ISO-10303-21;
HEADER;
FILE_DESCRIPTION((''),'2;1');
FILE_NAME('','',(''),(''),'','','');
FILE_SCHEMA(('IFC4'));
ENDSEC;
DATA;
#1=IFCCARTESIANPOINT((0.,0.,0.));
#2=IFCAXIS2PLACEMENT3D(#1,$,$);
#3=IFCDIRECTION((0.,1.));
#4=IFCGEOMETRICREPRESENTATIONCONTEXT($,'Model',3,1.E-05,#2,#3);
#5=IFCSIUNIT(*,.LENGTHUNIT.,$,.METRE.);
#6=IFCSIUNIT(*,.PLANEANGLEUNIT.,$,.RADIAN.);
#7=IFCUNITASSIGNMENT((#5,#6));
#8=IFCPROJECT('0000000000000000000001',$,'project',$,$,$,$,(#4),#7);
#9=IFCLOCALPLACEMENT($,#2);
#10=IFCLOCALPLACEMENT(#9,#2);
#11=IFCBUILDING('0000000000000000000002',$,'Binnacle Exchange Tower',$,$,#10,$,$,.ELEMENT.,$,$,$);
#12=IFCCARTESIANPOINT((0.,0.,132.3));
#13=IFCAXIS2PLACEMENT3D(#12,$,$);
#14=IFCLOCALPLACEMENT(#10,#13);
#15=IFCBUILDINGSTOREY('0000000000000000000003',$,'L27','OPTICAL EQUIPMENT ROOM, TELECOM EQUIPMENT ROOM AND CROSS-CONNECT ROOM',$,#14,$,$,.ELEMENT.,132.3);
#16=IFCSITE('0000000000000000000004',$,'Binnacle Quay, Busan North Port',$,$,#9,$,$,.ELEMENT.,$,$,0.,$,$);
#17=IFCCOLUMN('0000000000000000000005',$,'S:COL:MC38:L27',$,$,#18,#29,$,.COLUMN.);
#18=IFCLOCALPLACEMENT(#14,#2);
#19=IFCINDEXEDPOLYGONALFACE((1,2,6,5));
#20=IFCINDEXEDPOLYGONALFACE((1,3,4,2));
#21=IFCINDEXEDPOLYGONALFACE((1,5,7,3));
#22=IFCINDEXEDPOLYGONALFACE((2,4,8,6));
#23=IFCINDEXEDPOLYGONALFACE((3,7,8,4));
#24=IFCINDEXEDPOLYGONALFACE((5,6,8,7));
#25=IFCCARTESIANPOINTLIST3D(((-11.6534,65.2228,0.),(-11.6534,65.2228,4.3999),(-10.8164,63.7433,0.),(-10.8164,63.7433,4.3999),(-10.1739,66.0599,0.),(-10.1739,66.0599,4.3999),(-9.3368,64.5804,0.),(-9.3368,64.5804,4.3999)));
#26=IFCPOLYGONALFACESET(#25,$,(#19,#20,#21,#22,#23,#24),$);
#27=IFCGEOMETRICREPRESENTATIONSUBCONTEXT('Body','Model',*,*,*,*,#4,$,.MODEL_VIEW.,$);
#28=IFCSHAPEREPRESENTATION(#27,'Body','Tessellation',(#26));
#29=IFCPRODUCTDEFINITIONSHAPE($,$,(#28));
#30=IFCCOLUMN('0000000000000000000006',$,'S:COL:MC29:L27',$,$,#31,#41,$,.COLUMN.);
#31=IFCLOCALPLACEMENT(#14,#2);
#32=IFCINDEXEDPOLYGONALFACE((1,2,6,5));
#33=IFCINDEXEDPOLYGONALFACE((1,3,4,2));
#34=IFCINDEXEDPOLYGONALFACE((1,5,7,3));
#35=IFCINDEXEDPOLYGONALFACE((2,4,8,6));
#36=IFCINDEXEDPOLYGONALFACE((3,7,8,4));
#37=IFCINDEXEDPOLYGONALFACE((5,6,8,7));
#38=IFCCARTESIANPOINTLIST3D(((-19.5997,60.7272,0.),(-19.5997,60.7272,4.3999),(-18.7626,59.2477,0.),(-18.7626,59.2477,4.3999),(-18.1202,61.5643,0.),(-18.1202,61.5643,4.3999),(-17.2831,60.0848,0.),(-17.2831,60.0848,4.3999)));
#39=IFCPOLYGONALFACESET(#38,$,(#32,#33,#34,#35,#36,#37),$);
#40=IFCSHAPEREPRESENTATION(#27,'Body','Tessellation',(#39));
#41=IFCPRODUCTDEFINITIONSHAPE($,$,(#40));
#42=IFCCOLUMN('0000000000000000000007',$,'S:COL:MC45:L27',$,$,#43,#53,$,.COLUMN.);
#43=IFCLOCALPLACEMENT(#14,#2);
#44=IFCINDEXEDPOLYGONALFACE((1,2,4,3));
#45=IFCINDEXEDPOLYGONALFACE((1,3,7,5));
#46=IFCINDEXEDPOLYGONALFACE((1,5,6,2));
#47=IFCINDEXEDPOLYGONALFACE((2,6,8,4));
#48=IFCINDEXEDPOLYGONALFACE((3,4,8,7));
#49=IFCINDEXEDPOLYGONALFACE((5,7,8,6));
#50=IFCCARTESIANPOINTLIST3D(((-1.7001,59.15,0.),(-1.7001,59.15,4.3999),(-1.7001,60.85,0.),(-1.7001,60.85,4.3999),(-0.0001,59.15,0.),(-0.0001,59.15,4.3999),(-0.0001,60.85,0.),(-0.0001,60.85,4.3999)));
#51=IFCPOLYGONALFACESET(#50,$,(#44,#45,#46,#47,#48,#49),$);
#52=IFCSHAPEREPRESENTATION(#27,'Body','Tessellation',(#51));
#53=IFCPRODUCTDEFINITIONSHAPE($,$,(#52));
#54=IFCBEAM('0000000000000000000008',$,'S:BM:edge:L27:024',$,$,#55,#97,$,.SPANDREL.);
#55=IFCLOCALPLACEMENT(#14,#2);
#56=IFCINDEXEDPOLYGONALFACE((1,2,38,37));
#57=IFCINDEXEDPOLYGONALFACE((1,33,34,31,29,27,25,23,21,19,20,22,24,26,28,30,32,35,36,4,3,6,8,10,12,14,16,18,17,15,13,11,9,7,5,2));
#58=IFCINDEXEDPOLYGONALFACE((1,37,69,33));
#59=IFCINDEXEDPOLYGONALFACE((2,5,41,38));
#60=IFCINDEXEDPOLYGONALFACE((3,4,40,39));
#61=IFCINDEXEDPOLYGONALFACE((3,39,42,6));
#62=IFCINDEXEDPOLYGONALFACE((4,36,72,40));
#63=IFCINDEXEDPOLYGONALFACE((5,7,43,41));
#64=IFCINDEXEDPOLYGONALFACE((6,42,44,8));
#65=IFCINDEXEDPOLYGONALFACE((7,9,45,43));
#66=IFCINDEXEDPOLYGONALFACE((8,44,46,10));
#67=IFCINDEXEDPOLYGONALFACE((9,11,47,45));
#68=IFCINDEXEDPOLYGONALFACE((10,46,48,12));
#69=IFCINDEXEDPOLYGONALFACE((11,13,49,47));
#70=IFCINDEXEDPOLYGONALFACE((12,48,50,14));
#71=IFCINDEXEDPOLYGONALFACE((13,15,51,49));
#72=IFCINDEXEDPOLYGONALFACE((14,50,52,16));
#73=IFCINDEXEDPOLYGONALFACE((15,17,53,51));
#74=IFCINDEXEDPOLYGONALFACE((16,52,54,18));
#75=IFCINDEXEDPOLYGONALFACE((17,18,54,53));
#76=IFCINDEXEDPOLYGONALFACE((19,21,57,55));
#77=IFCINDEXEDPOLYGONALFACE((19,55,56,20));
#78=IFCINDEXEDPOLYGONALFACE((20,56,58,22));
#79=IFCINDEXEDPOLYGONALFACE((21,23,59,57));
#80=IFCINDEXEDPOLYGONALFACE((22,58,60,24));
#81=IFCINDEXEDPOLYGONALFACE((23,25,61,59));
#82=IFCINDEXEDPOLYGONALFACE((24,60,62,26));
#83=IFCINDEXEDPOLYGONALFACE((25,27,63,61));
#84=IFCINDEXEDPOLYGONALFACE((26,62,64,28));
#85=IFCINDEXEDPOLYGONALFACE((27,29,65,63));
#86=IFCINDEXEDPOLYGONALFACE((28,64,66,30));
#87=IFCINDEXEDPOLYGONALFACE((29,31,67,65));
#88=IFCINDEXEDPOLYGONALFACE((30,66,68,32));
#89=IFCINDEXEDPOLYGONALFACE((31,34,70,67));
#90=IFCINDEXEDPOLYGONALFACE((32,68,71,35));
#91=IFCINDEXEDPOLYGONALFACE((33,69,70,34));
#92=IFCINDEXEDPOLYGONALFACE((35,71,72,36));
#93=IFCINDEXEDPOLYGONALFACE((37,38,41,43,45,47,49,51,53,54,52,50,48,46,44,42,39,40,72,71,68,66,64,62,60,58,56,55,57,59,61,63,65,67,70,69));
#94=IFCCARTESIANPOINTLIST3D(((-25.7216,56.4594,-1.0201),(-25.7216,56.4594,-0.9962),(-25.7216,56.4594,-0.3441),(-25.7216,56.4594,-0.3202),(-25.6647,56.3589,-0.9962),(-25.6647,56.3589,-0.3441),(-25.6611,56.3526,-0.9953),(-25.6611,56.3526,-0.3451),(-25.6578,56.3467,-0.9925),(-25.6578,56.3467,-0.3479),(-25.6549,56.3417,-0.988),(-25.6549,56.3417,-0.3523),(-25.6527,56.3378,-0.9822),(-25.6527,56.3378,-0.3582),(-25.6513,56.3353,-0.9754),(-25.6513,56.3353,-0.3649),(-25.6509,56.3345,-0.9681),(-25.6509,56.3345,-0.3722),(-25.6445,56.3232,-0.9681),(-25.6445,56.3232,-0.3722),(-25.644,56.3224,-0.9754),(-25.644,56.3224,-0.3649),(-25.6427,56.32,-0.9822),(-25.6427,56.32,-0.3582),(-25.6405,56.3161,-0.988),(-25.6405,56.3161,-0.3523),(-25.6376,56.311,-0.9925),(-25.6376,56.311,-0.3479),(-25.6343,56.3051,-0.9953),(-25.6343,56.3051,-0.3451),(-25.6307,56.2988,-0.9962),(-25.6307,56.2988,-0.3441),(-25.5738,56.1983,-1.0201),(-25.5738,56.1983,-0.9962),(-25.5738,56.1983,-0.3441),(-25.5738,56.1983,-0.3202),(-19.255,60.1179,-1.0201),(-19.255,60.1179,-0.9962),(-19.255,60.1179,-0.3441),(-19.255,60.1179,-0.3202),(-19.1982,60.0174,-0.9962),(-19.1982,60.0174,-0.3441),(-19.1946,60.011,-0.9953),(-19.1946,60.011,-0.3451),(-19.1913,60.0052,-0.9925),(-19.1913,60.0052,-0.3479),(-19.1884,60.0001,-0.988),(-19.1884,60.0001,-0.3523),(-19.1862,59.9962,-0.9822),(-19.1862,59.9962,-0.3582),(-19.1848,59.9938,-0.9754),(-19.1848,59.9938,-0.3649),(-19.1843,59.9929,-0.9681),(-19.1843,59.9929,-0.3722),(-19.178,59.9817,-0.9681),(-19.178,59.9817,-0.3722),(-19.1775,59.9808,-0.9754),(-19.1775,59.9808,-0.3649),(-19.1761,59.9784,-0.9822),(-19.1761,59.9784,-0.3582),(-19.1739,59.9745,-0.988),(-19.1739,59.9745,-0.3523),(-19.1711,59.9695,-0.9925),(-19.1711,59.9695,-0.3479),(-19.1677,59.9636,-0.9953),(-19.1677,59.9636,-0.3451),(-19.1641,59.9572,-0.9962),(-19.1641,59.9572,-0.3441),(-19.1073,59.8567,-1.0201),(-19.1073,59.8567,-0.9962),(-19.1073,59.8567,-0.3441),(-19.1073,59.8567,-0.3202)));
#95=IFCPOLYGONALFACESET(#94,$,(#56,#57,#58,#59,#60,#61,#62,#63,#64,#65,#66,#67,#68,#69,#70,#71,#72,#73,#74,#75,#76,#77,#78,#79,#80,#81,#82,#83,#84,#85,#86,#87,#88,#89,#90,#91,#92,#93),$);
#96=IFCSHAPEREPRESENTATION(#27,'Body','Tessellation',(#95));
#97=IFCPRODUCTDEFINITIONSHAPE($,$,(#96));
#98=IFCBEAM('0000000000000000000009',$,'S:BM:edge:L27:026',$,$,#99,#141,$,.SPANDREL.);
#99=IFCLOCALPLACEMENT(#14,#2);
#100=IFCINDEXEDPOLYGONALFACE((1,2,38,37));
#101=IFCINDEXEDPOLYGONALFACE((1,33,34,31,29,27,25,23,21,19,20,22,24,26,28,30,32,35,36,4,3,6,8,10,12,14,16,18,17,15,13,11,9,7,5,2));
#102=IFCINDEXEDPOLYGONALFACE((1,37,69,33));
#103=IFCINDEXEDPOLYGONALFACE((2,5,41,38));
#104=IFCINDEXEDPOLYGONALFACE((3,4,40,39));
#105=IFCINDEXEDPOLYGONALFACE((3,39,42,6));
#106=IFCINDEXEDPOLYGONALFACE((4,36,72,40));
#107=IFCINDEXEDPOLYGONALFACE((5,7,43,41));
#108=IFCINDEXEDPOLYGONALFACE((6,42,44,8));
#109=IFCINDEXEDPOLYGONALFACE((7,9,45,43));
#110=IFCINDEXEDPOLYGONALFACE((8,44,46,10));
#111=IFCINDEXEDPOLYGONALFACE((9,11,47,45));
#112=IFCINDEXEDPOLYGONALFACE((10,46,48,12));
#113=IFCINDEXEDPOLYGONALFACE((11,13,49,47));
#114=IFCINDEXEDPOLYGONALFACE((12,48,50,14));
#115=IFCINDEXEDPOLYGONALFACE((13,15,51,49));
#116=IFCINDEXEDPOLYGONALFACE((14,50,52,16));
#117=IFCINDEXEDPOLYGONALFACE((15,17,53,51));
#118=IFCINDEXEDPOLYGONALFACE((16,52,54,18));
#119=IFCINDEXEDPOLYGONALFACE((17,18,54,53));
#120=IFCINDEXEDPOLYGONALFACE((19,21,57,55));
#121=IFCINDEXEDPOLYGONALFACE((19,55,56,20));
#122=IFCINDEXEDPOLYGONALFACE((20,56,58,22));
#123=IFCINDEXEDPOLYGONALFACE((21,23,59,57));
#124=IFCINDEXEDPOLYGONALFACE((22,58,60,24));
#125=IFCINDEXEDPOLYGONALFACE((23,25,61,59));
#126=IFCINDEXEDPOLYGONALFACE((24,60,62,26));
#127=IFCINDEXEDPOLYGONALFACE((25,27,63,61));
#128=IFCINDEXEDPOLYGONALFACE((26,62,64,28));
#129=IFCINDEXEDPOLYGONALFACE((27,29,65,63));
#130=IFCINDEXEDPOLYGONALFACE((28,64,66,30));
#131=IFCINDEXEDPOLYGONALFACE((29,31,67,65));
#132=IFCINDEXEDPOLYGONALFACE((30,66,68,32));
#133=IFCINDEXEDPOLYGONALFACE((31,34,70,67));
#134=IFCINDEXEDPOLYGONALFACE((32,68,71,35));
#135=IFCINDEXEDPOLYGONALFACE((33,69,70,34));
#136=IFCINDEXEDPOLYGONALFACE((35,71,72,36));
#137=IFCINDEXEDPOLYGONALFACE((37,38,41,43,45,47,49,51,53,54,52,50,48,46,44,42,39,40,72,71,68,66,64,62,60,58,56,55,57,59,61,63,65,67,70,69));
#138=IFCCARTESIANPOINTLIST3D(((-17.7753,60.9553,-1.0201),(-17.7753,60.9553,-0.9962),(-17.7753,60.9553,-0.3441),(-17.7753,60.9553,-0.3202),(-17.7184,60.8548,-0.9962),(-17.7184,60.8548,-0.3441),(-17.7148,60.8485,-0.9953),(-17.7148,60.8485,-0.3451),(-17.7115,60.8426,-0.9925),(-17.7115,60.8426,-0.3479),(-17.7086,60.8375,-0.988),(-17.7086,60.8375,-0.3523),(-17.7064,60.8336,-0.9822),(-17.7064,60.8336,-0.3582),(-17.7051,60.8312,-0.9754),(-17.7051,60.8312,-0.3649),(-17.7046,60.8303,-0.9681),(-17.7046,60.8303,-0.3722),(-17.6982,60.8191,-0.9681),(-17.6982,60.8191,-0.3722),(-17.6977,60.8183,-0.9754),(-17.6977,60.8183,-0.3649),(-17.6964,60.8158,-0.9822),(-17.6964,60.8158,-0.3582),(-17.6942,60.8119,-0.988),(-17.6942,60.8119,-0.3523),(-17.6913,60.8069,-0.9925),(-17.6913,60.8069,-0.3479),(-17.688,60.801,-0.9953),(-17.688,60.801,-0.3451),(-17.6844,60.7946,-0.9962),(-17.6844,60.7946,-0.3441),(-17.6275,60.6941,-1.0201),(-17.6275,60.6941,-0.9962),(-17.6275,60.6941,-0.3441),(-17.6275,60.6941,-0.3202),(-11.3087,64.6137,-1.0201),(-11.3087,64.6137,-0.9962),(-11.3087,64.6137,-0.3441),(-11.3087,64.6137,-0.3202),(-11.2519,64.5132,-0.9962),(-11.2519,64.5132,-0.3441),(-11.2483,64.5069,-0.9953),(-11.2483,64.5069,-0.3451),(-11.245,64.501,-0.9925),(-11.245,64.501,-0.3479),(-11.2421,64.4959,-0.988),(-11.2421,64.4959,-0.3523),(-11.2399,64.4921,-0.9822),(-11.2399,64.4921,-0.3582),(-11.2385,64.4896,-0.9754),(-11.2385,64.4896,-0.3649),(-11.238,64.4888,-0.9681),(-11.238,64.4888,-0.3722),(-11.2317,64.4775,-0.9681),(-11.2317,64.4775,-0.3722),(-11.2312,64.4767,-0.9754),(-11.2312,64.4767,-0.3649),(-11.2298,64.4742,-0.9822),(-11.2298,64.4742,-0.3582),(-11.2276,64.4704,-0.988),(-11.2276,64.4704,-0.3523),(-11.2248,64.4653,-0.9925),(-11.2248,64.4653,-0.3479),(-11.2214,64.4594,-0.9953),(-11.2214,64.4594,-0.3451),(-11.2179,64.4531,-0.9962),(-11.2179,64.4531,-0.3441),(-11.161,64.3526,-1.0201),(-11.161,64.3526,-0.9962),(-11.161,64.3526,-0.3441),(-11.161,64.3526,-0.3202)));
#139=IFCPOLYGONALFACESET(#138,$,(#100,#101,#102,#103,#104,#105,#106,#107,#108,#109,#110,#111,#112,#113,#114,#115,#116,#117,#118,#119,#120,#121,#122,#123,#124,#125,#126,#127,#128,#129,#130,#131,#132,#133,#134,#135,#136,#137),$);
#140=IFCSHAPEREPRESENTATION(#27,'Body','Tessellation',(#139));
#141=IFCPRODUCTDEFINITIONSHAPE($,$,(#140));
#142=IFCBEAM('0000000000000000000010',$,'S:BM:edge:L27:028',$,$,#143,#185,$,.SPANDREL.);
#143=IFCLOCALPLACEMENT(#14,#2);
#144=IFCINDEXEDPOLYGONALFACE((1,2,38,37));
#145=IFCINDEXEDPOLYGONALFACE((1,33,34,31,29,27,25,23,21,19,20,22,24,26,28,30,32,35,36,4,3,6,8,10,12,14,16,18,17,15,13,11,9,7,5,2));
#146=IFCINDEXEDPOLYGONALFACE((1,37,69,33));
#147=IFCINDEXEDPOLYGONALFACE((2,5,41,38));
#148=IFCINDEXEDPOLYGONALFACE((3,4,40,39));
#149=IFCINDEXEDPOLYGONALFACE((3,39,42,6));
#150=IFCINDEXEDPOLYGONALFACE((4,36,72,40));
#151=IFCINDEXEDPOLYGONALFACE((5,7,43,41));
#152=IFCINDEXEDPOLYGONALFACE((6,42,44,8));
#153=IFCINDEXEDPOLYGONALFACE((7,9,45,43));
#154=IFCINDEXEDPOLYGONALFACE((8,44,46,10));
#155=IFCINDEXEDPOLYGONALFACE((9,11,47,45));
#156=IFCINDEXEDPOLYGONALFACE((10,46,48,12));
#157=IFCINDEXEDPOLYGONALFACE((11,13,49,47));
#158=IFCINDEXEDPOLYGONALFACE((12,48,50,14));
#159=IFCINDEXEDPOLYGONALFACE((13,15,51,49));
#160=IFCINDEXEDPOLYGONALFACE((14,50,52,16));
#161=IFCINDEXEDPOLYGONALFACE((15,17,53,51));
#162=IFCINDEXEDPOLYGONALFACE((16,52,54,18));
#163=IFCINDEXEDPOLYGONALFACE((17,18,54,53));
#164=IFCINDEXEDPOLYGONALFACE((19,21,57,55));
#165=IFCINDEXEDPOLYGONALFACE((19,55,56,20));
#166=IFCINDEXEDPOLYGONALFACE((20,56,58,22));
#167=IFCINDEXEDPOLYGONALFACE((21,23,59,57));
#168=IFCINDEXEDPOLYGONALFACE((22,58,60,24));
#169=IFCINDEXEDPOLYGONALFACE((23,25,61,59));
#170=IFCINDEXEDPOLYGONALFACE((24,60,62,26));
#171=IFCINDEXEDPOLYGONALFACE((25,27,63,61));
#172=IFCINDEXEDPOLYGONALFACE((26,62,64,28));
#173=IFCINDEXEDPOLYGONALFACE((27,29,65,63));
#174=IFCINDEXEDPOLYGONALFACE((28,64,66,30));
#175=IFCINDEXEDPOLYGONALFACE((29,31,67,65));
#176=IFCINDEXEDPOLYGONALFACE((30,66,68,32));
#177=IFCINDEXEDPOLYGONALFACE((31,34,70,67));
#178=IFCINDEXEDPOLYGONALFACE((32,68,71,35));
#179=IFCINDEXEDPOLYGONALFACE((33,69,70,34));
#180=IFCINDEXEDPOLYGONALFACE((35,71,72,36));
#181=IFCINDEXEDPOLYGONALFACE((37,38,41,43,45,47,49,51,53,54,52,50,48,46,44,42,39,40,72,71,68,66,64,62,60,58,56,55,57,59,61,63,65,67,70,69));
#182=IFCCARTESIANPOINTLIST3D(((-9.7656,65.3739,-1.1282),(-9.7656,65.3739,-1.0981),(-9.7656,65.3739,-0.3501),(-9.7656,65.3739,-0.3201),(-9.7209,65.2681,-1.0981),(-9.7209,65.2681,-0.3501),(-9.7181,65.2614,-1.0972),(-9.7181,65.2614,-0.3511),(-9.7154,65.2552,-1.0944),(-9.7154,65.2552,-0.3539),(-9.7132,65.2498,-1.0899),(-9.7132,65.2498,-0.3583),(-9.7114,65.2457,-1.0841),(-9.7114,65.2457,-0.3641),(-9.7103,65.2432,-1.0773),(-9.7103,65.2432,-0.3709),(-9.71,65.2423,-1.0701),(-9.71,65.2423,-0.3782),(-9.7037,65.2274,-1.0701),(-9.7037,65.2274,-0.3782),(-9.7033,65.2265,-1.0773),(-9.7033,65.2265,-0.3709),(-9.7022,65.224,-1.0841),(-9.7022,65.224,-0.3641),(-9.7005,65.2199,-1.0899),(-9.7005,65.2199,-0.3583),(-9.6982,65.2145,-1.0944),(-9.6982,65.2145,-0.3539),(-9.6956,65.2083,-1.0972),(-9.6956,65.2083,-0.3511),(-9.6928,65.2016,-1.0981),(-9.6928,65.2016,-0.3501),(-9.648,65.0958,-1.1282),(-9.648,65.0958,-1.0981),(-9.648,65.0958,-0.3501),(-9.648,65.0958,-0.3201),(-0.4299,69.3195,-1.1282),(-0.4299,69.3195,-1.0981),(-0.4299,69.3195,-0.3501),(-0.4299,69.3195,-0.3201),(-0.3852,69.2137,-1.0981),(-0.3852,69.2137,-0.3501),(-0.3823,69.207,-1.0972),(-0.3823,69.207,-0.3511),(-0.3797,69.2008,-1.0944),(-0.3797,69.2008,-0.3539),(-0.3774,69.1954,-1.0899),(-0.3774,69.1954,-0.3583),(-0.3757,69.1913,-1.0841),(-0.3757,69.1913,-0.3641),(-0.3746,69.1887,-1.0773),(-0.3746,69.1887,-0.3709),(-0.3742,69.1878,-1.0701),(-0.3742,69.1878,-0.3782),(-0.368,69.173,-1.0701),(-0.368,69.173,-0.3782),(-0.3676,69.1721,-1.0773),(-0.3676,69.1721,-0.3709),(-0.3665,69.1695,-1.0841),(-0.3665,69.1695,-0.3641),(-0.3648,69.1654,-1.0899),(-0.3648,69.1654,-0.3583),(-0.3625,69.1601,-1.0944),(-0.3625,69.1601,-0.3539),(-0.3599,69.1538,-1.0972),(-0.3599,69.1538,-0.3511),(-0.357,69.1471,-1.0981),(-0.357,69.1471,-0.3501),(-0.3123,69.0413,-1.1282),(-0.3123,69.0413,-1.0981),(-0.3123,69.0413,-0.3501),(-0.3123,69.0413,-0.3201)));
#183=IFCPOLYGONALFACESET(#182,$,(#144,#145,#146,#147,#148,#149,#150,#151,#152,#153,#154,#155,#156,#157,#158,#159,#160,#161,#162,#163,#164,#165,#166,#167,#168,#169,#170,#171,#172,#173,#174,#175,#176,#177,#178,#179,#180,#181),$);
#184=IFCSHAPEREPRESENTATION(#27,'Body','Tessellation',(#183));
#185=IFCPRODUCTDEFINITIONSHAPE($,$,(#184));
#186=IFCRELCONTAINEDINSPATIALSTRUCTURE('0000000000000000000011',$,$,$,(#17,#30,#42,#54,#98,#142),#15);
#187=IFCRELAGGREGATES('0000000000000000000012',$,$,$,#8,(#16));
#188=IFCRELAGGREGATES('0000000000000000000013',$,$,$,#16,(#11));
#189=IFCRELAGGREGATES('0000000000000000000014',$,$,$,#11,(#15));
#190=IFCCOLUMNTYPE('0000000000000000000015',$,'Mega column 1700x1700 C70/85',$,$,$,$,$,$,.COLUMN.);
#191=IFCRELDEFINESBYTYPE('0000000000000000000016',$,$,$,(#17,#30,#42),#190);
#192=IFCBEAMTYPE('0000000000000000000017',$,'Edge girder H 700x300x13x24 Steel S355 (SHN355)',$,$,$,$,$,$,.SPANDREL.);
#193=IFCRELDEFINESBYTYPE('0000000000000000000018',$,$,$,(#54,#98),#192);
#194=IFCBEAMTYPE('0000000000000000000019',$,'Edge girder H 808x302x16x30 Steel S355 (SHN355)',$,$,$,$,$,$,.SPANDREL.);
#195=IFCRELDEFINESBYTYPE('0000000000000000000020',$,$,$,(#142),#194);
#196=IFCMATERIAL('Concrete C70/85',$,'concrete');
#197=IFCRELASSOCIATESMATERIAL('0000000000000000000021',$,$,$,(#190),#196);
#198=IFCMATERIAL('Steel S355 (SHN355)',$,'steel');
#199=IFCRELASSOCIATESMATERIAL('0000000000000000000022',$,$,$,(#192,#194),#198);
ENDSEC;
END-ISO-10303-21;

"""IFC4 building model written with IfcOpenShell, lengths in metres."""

from ifc_helpers import new_model, si_unit, direction, frame, origin, origin_2d, place, context, subcontext, project, spatial, rectangle, i_section, extrude, material, material_profile, profile_set, type_object, element, save


model = new_model("IFC4")

# Units and contexts
model_context = context("Model", 3, precision=1e-05, world=origin(), true_north=direction((0.0, 1.0)))
body_context = subcontext(model_context, "Body", "Model", "MODEL_VIEW")
ifc_project = project(units=[si_unit("LENGTHUNIT", "METRE"), si_unit("PLANEANGLEUNIT", "RADIAN")], contexts=[model_context])

# Site, building, storey
site_placement = place(None, origin())
site = spatial("IfcSite", under=ifc_project, at=site_placement, Name="Binnacle Quay, Busan North Port", CompositionType="ELEMENT", RefElevation=0.0)
building_placement = place(site_placement, origin())
building = spatial("IfcBuilding", under=site, at=building_placement, Name="Binnacle Exchange Tower", CompositionType="ELEMENT")
storey_placement = place(building_placement, frame((0.0, 0.0, 132.3)))
storey = spatial("IfcBuildingStorey", under=building, at=storey_placement, Name="L27", Description="OPTICAL EQUIPMENT ROOM, TELECOM EQUIPMENT ROOM AND CROSS-CONNECT ROOM", CompositionType="ELEMENT", Elevation=132.3)

# Columns
ifc_material_1 = material(Name="Concrete C70/85", Category="concrete")
ifc_material_profile_1 = material_profile(ifc_material_1, rectangle(XDim=1.7, YDim=1.7, at=origin_2d()), Name="Mega column 1700x1700 C70/85")
ifc_profile_set_1 = profile_set([ifc_material_profile_1], Name="Concrete C70/85")
column_type = type_object("IfcColumnType", Name="Mega column 1700x1700 C70/85", PredefinedType="COLUMN", material=ifc_profile_set_1)
for number, where, z_axis, x_axis, name in (
    (1, (-10.4951, 64.9016, 0.0), (0.0, 0.0, 1.0), (-0.870356, -0.492424, 0.0), "S:COL:MC38:L27"),
    (2, (-18.4414, 60.406, 0.0), (0.0, 0.0, 1.0), (-0.870356, -0.492424, 0.0), "S:COL:MC29:L27"),
    (3, (-0.8501, 60.0, 0.0), (0.0, 0.0, 1.0), (0.0, 1.0, 0.0), "S:COL:MC45:L27"),
):
    element("IfcColumn", number, at=place(storey_placement, frame(where, z_axis=z_axis, x_axis=x_axis)), inside=storey, type_object=column_type, Name=name, PredefinedType="COLUMN", context=body_context, shape_type="SweptSolid", body=[
        extrude(rectangle(XDim=1.7, YDim=1.7, at=origin_2d()), origin(), (0.0, 0.0, 1.0), 4.3999),
    ])

# Beams
ifc_material_2 = material(Name="Steel S355 (SHN355)", Category="steel")
ifc_material_profile_2 = material_profile(ifc_material_2, i_section(OverallWidth=0.3, OverallDepth=0.7, WebThickness=0.0129, FlangeThickness=0.0239, FilletRadius=0.0281, at=origin_2d()), Name="H 700x300x13x24")
ifc_profile_set_2 = profile_set([ifc_material_profile_2], Name="Steel S355 (SHN355)")
beam_type_1 = type_object("IfcBeamType", Name="Edge girder H 700x300x13x24 Steel S355 (SHN355)", PredefinedType="SPANDREL", material=ifc_profile_set_2)
for number, where, z_axis, x_axis, name in (
    (4, (-19.1812, 59.9873, -0.6702), (-0.870364, -0.492408, 0.0), (0.492408, -0.870364, 0.0), "S:BM:edge:L27:024"),
    (5, (-11.2349, 64.4832, -0.6702), (-0.870364, -0.492408, 0.0), (0.492408, -0.870364, 0.0), "S:BM:edge:L27:026"),
):
    element("IfcBeam", number, at=place(storey_placement, frame(where, z_axis=z_axis, x_axis=x_axis)), inside=storey, type_object=beam_type_1, Name=name, PredefinedType="SPANDREL", context=body_context, shape_type="SweptSolid", body=[
        extrude(i_section(OverallWidth=0.3, OverallDepth=0.7, WebThickness=0.0129, FlangeThickness=0.0239, FilletRadius=0.0281, at=origin_2d()), origin(), (0.0, 0.0, 1.0), 7.4297),
    ])
ifc_material_profile_3 = material_profile(ifc_material_2, i_section(OverallWidth=0.302, OverallDepth=0.8081, WebThickness=0.0161, FlangeThickness=0.03, FilletRadius=0.0281, at=origin_2d()), Name="H 808x302x16x30")
ifc_profile_set_3 = profile_set([ifc_material_profile_3], Name="Steel S355 (SHN355)")
beam_type_2 = type_object("IfcBeamType", Name="Edge girder H 808x302x16x30 Steel S355 (SHN355)", PredefinedType="SPANDREL", material=ifc_profile_set_3)
beam_1_placement = place(storey_placement, frame((-0.3711, 69.1804, -0.7241), z_axis=(-0.921114, -0.389292, 0.0), x_axis=(0.389292, -0.921114, 0.0)))
element("IfcBeam", 6, at=beam_1_placement, inside=storey, type_object=beam_type_2, Name="S:BM:edge:L27:028", PredefinedType="SPANDREL", context=body_context, shape_type="SweptSolid", body=[
    extrude(i_section(OverallWidth=0.302, OverallDepth=0.8081, WebThickness=0.0161, FlangeThickness=0.03, FilletRadius=0.0281, at=origin_2d()), origin(), (0.0, 0.0, 1.0), 10.1353),
])

save(model, "model.ifc")
